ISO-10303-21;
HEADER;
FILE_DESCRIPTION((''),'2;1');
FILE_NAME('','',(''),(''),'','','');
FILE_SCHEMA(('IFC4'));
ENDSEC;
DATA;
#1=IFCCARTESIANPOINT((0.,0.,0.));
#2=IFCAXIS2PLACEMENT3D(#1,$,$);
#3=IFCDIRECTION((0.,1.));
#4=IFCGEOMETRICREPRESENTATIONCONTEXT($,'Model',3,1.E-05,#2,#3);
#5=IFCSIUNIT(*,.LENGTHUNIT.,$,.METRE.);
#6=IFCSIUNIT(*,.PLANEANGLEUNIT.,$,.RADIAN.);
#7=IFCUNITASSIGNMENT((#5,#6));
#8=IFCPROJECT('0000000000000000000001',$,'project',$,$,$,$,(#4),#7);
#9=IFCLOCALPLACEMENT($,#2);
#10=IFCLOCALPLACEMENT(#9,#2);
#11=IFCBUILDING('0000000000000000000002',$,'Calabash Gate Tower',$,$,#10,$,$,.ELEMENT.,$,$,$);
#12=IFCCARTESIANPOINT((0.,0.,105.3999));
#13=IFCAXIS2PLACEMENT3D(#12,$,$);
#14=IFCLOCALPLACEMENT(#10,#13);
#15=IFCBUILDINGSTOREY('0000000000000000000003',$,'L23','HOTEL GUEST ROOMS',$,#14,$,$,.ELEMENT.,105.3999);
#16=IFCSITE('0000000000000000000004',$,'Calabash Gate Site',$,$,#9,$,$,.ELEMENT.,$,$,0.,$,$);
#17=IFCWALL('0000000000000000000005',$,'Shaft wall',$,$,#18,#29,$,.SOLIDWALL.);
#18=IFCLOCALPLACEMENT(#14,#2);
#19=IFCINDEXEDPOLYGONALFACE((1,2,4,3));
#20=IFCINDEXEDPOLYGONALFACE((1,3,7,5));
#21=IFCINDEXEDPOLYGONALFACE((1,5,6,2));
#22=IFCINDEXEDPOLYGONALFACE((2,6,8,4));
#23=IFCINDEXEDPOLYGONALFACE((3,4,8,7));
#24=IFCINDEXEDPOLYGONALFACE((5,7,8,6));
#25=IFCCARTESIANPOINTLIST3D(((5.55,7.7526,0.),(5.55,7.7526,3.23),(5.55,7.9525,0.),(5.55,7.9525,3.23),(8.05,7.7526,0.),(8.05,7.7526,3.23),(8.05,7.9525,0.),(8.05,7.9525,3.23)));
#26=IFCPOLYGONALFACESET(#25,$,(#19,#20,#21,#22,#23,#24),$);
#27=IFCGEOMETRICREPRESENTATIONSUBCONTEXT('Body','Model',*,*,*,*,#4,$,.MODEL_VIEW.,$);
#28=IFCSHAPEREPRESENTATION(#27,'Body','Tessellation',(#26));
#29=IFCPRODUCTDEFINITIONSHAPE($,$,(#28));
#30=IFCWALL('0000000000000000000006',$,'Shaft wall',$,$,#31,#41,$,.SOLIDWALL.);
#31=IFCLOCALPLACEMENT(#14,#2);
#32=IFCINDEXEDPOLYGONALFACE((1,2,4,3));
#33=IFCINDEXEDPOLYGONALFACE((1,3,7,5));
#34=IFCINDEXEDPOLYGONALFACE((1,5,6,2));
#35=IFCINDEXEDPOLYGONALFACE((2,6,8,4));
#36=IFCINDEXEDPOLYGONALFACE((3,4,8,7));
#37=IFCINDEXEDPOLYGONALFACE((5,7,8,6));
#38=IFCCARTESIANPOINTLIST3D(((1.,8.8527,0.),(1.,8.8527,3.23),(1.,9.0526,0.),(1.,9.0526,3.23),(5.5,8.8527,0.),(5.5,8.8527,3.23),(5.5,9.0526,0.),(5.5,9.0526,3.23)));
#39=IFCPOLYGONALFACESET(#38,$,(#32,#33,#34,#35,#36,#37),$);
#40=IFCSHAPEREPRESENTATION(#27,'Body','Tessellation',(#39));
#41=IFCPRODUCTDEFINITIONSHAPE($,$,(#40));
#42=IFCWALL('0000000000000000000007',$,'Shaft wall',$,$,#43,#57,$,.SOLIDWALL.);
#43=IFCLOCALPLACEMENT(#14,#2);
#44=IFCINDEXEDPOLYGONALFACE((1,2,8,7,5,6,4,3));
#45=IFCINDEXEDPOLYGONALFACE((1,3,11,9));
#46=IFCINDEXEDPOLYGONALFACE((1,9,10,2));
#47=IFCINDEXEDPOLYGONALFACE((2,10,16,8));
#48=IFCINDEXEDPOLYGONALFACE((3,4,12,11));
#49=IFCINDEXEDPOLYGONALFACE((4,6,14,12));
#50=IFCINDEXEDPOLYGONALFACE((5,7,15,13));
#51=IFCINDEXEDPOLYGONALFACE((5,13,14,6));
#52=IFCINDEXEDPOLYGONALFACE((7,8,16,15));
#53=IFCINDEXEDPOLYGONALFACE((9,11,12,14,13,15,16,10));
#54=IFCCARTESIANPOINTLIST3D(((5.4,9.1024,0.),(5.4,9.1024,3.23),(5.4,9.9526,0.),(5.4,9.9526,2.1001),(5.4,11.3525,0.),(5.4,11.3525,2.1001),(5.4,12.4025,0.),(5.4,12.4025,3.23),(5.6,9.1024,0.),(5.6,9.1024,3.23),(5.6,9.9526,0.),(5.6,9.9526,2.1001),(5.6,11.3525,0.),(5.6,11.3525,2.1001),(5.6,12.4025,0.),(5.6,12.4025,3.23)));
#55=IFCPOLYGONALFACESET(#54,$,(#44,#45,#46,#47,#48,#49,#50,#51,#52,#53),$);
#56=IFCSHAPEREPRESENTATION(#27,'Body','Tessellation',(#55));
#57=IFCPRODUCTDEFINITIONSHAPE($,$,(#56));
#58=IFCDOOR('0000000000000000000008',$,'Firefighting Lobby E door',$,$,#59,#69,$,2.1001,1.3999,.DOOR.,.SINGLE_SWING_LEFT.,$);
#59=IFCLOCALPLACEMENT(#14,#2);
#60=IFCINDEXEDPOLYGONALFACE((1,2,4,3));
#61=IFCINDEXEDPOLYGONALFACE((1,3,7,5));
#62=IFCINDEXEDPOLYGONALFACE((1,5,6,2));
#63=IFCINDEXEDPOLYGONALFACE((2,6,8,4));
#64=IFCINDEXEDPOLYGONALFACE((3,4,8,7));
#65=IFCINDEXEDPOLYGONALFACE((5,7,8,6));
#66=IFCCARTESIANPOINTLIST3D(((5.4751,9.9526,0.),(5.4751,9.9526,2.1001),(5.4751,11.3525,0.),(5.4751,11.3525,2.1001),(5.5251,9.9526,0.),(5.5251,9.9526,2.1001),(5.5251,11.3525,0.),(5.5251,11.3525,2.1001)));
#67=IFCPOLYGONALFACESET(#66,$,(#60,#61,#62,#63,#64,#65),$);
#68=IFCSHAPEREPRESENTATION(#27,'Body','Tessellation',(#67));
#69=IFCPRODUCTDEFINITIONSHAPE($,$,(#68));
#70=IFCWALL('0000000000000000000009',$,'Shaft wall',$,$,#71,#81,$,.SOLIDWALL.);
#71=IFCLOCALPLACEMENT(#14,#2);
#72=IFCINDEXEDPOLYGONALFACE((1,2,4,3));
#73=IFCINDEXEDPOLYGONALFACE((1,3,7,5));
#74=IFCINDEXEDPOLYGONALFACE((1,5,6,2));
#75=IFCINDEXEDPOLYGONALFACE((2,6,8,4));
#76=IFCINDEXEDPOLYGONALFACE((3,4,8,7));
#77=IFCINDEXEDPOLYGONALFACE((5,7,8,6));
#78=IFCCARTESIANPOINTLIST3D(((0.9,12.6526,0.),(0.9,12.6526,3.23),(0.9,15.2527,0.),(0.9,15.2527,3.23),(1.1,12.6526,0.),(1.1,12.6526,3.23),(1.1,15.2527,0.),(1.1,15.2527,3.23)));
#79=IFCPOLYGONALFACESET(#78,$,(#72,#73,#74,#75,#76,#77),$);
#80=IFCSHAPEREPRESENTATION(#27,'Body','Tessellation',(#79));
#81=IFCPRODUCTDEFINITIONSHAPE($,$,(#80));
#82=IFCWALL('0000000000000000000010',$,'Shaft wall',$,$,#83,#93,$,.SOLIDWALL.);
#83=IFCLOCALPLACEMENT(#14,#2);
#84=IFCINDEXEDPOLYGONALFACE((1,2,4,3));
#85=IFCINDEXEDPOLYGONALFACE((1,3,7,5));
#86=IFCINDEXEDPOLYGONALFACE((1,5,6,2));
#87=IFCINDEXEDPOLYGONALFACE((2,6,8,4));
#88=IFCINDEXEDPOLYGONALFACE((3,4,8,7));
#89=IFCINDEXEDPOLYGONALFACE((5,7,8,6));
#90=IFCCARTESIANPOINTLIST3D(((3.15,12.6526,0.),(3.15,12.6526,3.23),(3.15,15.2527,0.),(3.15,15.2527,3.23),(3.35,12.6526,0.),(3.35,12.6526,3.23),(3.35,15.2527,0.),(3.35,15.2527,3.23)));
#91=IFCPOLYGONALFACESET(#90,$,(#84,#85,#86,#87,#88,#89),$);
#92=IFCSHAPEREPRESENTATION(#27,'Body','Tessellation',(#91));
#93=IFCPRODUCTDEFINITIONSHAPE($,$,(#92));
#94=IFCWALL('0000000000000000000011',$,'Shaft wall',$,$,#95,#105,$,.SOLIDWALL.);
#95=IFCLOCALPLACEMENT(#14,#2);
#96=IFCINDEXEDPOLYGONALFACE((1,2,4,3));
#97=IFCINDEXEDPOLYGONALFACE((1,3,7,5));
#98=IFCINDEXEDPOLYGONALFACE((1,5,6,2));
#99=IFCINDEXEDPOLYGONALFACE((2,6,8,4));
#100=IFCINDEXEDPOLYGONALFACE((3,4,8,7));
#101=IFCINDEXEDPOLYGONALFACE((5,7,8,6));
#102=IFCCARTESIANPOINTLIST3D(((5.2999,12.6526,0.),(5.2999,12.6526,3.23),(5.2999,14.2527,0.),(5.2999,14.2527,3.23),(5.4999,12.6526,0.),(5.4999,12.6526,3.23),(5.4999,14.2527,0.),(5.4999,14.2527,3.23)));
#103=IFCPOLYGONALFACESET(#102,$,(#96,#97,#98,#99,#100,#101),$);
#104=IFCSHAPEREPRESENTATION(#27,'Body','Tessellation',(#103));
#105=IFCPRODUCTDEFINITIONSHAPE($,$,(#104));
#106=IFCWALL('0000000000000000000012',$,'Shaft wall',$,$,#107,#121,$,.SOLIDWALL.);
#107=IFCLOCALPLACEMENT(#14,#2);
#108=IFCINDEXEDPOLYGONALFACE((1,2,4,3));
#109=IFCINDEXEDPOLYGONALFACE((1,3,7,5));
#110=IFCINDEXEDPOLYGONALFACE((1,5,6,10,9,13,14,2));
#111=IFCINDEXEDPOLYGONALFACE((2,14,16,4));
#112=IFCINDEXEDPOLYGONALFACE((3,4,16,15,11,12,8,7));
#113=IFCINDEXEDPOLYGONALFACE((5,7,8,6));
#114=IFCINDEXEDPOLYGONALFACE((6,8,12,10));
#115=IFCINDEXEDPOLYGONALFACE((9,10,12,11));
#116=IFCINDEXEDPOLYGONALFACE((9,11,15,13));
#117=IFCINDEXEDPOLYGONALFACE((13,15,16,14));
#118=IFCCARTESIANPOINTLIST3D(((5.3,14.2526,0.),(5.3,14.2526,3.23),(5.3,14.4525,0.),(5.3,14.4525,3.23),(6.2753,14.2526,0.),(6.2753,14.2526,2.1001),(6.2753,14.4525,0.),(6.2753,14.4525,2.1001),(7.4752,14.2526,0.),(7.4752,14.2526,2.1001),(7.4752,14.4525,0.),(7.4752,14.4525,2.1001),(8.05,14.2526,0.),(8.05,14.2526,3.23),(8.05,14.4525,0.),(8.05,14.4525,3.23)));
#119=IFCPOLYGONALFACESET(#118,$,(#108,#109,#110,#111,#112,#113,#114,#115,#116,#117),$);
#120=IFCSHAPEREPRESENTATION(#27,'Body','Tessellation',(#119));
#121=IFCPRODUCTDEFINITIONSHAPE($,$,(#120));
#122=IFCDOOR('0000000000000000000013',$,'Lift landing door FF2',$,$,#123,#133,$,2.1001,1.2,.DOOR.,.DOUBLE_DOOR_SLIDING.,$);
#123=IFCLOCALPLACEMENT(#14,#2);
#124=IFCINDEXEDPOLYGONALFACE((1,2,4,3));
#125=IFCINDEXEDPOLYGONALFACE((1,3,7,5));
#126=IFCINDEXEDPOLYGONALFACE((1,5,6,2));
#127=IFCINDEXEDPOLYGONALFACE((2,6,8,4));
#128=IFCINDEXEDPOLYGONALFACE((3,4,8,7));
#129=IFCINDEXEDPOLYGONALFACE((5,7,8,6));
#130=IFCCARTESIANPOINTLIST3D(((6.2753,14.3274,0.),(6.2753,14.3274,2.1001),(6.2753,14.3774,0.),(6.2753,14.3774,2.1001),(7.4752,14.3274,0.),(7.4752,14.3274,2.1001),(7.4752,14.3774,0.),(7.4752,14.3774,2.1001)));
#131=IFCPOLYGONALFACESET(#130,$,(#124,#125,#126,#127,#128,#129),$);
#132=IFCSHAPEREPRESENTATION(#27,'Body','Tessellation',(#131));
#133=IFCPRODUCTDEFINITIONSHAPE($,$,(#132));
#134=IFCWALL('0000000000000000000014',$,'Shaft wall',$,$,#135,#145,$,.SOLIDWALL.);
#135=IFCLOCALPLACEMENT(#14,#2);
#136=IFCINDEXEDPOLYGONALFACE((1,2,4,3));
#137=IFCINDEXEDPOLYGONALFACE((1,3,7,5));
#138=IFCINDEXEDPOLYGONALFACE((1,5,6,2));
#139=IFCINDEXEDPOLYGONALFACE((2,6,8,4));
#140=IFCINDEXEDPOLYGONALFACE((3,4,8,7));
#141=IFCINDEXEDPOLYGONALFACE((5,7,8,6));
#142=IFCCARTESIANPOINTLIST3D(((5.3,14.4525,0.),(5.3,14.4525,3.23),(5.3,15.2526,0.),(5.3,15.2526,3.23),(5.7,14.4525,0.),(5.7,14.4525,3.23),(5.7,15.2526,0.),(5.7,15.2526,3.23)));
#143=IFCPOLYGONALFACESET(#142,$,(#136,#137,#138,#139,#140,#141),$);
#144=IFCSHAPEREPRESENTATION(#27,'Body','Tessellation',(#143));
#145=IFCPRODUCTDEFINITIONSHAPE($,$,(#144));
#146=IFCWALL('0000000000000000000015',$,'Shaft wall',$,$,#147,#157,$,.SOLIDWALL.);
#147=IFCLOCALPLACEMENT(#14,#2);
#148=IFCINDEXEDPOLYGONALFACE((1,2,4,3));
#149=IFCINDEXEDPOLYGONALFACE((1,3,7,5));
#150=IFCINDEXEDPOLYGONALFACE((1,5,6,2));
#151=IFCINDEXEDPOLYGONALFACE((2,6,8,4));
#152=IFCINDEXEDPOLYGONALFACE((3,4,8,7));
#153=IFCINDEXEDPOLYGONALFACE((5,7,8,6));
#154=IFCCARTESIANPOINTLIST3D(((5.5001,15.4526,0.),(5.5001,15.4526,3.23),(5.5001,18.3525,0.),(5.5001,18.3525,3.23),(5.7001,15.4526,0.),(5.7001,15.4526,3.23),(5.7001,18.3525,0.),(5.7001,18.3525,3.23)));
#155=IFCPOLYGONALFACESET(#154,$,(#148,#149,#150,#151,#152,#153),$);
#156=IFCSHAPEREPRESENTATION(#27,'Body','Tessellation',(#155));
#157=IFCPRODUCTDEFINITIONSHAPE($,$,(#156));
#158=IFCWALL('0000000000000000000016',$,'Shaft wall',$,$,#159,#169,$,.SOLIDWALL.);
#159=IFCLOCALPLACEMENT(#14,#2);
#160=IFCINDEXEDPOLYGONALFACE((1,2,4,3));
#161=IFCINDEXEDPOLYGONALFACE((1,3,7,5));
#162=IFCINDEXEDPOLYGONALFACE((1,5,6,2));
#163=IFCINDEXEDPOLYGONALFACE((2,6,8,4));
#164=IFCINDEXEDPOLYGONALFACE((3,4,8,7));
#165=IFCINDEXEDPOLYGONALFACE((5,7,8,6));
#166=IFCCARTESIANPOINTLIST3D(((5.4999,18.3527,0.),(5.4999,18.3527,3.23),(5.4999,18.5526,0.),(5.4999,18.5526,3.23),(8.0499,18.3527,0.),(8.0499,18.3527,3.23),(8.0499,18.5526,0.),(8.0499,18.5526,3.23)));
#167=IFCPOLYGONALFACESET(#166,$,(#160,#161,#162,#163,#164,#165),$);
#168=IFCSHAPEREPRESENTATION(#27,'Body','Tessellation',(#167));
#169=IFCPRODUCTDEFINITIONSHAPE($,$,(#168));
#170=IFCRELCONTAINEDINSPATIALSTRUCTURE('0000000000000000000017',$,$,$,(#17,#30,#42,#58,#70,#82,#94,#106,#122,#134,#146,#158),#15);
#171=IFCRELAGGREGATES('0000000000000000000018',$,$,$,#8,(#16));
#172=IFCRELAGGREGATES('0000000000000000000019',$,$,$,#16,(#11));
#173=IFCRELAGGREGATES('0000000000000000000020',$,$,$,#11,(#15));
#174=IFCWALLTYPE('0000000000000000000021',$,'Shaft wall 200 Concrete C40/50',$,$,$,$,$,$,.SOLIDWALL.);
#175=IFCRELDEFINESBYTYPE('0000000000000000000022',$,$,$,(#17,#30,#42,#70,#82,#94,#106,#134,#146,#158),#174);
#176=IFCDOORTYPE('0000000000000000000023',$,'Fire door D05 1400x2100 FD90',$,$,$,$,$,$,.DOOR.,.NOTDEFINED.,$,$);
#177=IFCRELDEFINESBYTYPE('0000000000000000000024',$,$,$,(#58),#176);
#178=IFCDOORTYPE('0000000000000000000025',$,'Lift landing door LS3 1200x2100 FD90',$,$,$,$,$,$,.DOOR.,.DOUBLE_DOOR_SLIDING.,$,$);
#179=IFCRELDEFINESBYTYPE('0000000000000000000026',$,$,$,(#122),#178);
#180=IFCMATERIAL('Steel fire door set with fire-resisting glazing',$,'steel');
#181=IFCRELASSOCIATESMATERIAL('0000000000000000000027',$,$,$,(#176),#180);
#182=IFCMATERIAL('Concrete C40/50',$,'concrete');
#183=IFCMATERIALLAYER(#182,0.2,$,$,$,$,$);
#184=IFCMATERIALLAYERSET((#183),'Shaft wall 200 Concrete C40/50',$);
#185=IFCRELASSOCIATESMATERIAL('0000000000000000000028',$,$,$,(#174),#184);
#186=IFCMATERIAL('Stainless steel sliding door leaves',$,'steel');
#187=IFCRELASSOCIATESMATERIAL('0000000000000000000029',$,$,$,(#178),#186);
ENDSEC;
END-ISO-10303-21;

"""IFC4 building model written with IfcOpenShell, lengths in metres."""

from ifc_helpers import new_model, si_unit, direction, frame, frame_2d, origin, place, context, subcontext, project, spatial, rectangle, extrude, material, layer, layer_set, type_object, element, fill, save


model = new_model("IFC4")

# Units and contexts
model_context = context("Model", 3, precision=1e-05, world=origin(), true_north=direction((0.0, 1.0)))
body_context = subcontext(model_context, "Body", "Model", "MODEL_VIEW")
ifc_project = project(units=[si_unit("LENGTHUNIT", "METRE"), si_unit("PLANEANGLEUNIT", "RADIAN")], contexts=[model_context])

# Site, building, storey
site_placement = place(None, origin())
site = spatial("IfcSite", under=ifc_project, at=site_placement, Name="Calabash Gate Site", CompositionType="ELEMENT", RefElevation=0.0)
building_placement = place(site_placement, origin())
building = spatial("IfcBuilding", under=site, at=building_placement, Name="Calabash Gate Tower", CompositionType="ELEMENT")
storey_placement = place(building_placement, frame((0.0, 0.0, 105.3999)))
storey = spatial("IfcBuildingStorey", under=building, at=storey_placement, Name="L23", Description="HOTEL GUEST ROOMS", CompositionType="ELEMENT", Elevation=105.3999)

# Shared definitions
ifc_material_1 = material(Name="Steel fire door set with fire-resisting glazing", Category="steel")
door_type_1 = type_object("IfcDoorType", Name="Fire door D05 1400x2100 FD90", OperationType="NOTDEFINED", PredefinedType="DOOR", material=ifc_material_1)

# Walls
ifc_material_2 = material(Name="Concrete C40/50", Category="concrete")
ifc_layer_1 = layer(ifc_material_2, 0.2)
ifc_layer_set_1 = layer_set([ifc_layer_1], Name="Shaft wall 200 Concrete C40/50")
wall_type_1 = type_object("IfcWallType", Name="Shaft wall 200 Concrete C40/50", PredefinedType="SOLIDWALL", material=ifc_layer_set_1)
for number, where, z_axis, x_axis, name in (
    (1, (5.55, 7.8525, 0.0), (0.0, 0.0, 1.0), (1.0, 0.0, 0.0), "Shaft wall"),
):
    element("IfcWall", number, at=place(storey_placement, frame(where, z_axis=z_axis, x_axis=x_axis)), inside=storey, type_object=wall_type_1, Name=name, PredefinedType="SOLIDWALL", context=body_context, shape_type="SweptSolid", body=[
        extrude(rectangle(XDim=2.5, YDim=0.2, at=frame_2d((1.25, 0.0))), origin(), (0.0, 0.0, 1.0), 3.23),
    ])
wall_1_placement = place(storey_placement, frame((1.0, 8.9526, 0.0), z_axis=(0.0, 0.0, 1.0), x_axis=(1.0, 0.0, 0.0)))
element("IfcWall", 2, at=wall_1_placement, inside=storey, type_object=wall_type_1, Name="Shaft wall", PredefinedType="SOLIDWALL", context=body_context, shape_type="SweptSolid", body=[
    extrude(rectangle(XDim=4.5, YDim=0.2, at=frame_2d((2.25, 0.0))), origin(), (0.0, 0.0, 1.0), 3.23),
])

# Wall, opening, door
wall_2_placement = place(storey_placement, frame((5.5, 9.1025, 0.0), z_axis=(0.0, 0.0, 1.0), x_axis=(0.0, 1.0, 0.0)))
wall_2 = element("IfcWall", 3, at=wall_2_placement, inside=storey, type_object=wall_type_1, Name="Shaft wall", PredefinedType="SOLIDWALL", context=body_context, shape_type="SweptSolid", body=[
    extrude(rectangle(XDim=3.3, YDim=0.2, at=frame_2d((1.6499, 0.0))), origin(), (0.0, 0.0, 1.0), 3.23),
])
opening_1_placement = place(wall_2_placement, frame((0.8501, 0.0, 0.0)))
opening_1 = element("IfcOpeningElement", 4, at=opening_1_placement, cuts=wall_2, PredefinedType="OPENING", context=body_context, shape_type="SweptSolid", body=[
    extrude(rectangle(XDim=1.3999, YDim=2.1001, at=frame_2d((0.7, 1.05))), frame((0.0, 0.1099, 0.0), z_axis=(0.0, -1.0, 0.0), x_axis=(1.0, 0.0, 0.0)), (0.0, 0.0, 1.0), 0.22),
])
door_1_placement = place(opening_1_placement, origin())
door_1 = element("IfcDoor", 5, at=door_1_placement, inside=storey, type_object=door_type_1, Name="Firefighting Lobby E door", OperationType="SINGLE_SWING_LEFT", OverallHeight=2.1001, OverallWidth=1.3999, PredefinedType="DOOR", context=body_context, shape_type="SweptSolid", body=[
    extrude(rectangle(XDim=1.3999, YDim=2.1001, at=frame_2d((0.7, 1.05))), frame((0.0, 0.0249, 0.0), z_axis=(0.0, -1.0, 0.0), x_axis=(1.0, 0.0, 0.0)), (0.0, 0.0, 1.0), 0.05),
])
fill(opening_1, door_1)

# Walls
for number, where, z_axis, x_axis, name in (
    (6, (1.0, 12.6526, 0.0), (0.0, 0.0, 1.0), (0.0, 1.0, 0.0), "Shaft wall"),
    (7, (3.25, 12.6526, 0.0), (0.0, 0.0, 1.0), (0.0, 1.0, 0.0), "Shaft wall"),
):
    element("IfcWall", number, at=place(storey_placement, frame(where, z_axis=z_axis, x_axis=x_axis)), inside=storey, type_object=wall_type_1, Name=name, PredefinedType="SOLIDWALL", context=body_context, shape_type="SweptSolid", body=[
        extrude(rectangle(XDim=2.6001, YDim=0.2, at=frame_2d((1.3, 0.0))), origin(), (0.0, 0.0, 1.0), 3.23),
    ])
wall_3_placement = place(storey_placement, frame((5.3999, 12.6526, 0.0), z_axis=(0.0, 0.0, 1.0), x_axis=(0.0, 1.0, 0.0)))
element("IfcWall", 8, at=wall_3_placement, inside=storey, type_object=wall_type_1, Name="Shaft wall", PredefinedType="SOLIDWALL", context=body_context, shape_type="SweptSolid", body=[
    extrude(rectangle(XDim=1.6001, YDim=0.2, at=frame_2d((0.8, 0.0))), origin(), (0.0, 0.0, 1.0), 3.23),
])

# Wall, opening, door
wall_4_placement = place(storey_placement, frame((5.3, 14.3525, 0.0), z_axis=(0.0, 0.0, 1.0), x_axis=(1.0, 0.0, 0.0)))
wall_4 = element("IfcWall", 9, at=wall_4_placement, inside=storey, type_object=wall_type_1, Name="Shaft wall", PredefinedType="SOLIDWALL", context=body_context, shape_type="SweptSolid", body=[
    extrude(rectangle(XDim=2.75, YDim=0.2, at=frame_2d((1.375, 0.0))), origin(), (0.0, 0.0, 1.0), 3.23),
])
opening_2_placement = place(wall_4_placement, frame((0.9751, 0.0, 0.0)))
opening_2 = element("IfcOpeningElement", 10, at=opening_2_placement, cuts=wall_4, PredefinedType="OPENING", context=body_context, shape_type="SweptSolid", body=[
    extrude(rectangle(XDim=1.2, YDim=2.1001, at=frame_2d((0.6001, 1.05))), frame((0.0, 0.1099, 0.0), z_axis=(0.0, -1.0, 0.0), x_axis=(1.0, 0.0, 0.0)), (0.0, 0.0, 1.0), 0.22),
])
ifc_material_3 = material(Name="Stainless steel sliding door leaves", Category="steel")
door_type_2 = type_object("IfcDoorType", Name="Lift landing door LS3 1200x2100 FD90", OperationType="DOUBLE_DOOR_SLIDING", PredefinedType="DOOR", material=ifc_material_3)
door_2_placement = place(opening_2_placement, origin())
door_2 = element("IfcDoor", 11, at=door_2_placement, inside=storey, type_object=door_type_2, Name="Lift landing door FF2", OperationType="DOUBLE_DOOR_SLIDING", OverallHeight=2.1001, OverallWidth=1.2, PredefinedType="DOOR", context=body_context, shape_type="SweptSolid", body=[
    extrude(rectangle(XDim=1.2, YDim=2.1001, at=frame_2d((0.6001, 1.05))), frame((0.0, 0.0249, 0.0), z_axis=(0.0, -1.0, 0.0), x_axis=(1.0, 0.0, 0.0)), (0.0, 0.0, 1.0), 0.05),
])
fill(opening_2, door_2)

# Walls
wall_5_placement = place(storey_placement, frame((5.5, 14.4526, 0.0), z_axis=(0.0, 0.0, 1.0), x_axis=(0.0, 1.0, 0.0)))
element("IfcWall", 12, at=wall_5_placement, inside=storey, type_object=wall_type_1, Name="Shaft wall", PredefinedType="SOLIDWALL", context=body_context, shape_type="SweptSolid", body=[
    extrude(rectangle(XDim=0.8, YDim=0.3999, at=frame_2d((0.3999, 0.0))), origin(), (0.0, 0.0, 1.0), 3.23),
])
wall_6_placement = place(storey_placement, frame((5.6001, 15.4526, 0.0), z_axis=(0.0, 0.0, 1.0), x_axis=(0.0, 1.0, 0.0)))
element("IfcWall", 13, at=wall_6_placement, inside=storey, type_object=wall_type_1, Name="Shaft wall", PredefinedType="SOLIDWALL", context=body_context, shape_type="SweptSolid", body=[
    extrude(rectangle(XDim=2.8999, YDim=0.2, at=frame_2d((1.45, 0.0))), origin(), (0.0, 0.0, 1.0), 3.23),
])
wall_7_placement = place(storey_placement, frame((5.5, 18.4526, 0.0), z_axis=(0.0, 0.0, 1.0), x_axis=(1.0, 0.0, 0.0)))
element("IfcWall", 14, at=wall_7_placement, inside=storey, type_object=wall_type_1, Name="Shaft wall", PredefinedType="SOLIDWALL", context=body_context, shape_type="SweptSolid", body=[
    extrude(rectangle(XDim=2.55, YDim=0.2, at=frame_2d((1.2749, 0.0))), origin(), (0.0, 0.0, 1.0), 3.23),
])

save(model, "model.ifc")
